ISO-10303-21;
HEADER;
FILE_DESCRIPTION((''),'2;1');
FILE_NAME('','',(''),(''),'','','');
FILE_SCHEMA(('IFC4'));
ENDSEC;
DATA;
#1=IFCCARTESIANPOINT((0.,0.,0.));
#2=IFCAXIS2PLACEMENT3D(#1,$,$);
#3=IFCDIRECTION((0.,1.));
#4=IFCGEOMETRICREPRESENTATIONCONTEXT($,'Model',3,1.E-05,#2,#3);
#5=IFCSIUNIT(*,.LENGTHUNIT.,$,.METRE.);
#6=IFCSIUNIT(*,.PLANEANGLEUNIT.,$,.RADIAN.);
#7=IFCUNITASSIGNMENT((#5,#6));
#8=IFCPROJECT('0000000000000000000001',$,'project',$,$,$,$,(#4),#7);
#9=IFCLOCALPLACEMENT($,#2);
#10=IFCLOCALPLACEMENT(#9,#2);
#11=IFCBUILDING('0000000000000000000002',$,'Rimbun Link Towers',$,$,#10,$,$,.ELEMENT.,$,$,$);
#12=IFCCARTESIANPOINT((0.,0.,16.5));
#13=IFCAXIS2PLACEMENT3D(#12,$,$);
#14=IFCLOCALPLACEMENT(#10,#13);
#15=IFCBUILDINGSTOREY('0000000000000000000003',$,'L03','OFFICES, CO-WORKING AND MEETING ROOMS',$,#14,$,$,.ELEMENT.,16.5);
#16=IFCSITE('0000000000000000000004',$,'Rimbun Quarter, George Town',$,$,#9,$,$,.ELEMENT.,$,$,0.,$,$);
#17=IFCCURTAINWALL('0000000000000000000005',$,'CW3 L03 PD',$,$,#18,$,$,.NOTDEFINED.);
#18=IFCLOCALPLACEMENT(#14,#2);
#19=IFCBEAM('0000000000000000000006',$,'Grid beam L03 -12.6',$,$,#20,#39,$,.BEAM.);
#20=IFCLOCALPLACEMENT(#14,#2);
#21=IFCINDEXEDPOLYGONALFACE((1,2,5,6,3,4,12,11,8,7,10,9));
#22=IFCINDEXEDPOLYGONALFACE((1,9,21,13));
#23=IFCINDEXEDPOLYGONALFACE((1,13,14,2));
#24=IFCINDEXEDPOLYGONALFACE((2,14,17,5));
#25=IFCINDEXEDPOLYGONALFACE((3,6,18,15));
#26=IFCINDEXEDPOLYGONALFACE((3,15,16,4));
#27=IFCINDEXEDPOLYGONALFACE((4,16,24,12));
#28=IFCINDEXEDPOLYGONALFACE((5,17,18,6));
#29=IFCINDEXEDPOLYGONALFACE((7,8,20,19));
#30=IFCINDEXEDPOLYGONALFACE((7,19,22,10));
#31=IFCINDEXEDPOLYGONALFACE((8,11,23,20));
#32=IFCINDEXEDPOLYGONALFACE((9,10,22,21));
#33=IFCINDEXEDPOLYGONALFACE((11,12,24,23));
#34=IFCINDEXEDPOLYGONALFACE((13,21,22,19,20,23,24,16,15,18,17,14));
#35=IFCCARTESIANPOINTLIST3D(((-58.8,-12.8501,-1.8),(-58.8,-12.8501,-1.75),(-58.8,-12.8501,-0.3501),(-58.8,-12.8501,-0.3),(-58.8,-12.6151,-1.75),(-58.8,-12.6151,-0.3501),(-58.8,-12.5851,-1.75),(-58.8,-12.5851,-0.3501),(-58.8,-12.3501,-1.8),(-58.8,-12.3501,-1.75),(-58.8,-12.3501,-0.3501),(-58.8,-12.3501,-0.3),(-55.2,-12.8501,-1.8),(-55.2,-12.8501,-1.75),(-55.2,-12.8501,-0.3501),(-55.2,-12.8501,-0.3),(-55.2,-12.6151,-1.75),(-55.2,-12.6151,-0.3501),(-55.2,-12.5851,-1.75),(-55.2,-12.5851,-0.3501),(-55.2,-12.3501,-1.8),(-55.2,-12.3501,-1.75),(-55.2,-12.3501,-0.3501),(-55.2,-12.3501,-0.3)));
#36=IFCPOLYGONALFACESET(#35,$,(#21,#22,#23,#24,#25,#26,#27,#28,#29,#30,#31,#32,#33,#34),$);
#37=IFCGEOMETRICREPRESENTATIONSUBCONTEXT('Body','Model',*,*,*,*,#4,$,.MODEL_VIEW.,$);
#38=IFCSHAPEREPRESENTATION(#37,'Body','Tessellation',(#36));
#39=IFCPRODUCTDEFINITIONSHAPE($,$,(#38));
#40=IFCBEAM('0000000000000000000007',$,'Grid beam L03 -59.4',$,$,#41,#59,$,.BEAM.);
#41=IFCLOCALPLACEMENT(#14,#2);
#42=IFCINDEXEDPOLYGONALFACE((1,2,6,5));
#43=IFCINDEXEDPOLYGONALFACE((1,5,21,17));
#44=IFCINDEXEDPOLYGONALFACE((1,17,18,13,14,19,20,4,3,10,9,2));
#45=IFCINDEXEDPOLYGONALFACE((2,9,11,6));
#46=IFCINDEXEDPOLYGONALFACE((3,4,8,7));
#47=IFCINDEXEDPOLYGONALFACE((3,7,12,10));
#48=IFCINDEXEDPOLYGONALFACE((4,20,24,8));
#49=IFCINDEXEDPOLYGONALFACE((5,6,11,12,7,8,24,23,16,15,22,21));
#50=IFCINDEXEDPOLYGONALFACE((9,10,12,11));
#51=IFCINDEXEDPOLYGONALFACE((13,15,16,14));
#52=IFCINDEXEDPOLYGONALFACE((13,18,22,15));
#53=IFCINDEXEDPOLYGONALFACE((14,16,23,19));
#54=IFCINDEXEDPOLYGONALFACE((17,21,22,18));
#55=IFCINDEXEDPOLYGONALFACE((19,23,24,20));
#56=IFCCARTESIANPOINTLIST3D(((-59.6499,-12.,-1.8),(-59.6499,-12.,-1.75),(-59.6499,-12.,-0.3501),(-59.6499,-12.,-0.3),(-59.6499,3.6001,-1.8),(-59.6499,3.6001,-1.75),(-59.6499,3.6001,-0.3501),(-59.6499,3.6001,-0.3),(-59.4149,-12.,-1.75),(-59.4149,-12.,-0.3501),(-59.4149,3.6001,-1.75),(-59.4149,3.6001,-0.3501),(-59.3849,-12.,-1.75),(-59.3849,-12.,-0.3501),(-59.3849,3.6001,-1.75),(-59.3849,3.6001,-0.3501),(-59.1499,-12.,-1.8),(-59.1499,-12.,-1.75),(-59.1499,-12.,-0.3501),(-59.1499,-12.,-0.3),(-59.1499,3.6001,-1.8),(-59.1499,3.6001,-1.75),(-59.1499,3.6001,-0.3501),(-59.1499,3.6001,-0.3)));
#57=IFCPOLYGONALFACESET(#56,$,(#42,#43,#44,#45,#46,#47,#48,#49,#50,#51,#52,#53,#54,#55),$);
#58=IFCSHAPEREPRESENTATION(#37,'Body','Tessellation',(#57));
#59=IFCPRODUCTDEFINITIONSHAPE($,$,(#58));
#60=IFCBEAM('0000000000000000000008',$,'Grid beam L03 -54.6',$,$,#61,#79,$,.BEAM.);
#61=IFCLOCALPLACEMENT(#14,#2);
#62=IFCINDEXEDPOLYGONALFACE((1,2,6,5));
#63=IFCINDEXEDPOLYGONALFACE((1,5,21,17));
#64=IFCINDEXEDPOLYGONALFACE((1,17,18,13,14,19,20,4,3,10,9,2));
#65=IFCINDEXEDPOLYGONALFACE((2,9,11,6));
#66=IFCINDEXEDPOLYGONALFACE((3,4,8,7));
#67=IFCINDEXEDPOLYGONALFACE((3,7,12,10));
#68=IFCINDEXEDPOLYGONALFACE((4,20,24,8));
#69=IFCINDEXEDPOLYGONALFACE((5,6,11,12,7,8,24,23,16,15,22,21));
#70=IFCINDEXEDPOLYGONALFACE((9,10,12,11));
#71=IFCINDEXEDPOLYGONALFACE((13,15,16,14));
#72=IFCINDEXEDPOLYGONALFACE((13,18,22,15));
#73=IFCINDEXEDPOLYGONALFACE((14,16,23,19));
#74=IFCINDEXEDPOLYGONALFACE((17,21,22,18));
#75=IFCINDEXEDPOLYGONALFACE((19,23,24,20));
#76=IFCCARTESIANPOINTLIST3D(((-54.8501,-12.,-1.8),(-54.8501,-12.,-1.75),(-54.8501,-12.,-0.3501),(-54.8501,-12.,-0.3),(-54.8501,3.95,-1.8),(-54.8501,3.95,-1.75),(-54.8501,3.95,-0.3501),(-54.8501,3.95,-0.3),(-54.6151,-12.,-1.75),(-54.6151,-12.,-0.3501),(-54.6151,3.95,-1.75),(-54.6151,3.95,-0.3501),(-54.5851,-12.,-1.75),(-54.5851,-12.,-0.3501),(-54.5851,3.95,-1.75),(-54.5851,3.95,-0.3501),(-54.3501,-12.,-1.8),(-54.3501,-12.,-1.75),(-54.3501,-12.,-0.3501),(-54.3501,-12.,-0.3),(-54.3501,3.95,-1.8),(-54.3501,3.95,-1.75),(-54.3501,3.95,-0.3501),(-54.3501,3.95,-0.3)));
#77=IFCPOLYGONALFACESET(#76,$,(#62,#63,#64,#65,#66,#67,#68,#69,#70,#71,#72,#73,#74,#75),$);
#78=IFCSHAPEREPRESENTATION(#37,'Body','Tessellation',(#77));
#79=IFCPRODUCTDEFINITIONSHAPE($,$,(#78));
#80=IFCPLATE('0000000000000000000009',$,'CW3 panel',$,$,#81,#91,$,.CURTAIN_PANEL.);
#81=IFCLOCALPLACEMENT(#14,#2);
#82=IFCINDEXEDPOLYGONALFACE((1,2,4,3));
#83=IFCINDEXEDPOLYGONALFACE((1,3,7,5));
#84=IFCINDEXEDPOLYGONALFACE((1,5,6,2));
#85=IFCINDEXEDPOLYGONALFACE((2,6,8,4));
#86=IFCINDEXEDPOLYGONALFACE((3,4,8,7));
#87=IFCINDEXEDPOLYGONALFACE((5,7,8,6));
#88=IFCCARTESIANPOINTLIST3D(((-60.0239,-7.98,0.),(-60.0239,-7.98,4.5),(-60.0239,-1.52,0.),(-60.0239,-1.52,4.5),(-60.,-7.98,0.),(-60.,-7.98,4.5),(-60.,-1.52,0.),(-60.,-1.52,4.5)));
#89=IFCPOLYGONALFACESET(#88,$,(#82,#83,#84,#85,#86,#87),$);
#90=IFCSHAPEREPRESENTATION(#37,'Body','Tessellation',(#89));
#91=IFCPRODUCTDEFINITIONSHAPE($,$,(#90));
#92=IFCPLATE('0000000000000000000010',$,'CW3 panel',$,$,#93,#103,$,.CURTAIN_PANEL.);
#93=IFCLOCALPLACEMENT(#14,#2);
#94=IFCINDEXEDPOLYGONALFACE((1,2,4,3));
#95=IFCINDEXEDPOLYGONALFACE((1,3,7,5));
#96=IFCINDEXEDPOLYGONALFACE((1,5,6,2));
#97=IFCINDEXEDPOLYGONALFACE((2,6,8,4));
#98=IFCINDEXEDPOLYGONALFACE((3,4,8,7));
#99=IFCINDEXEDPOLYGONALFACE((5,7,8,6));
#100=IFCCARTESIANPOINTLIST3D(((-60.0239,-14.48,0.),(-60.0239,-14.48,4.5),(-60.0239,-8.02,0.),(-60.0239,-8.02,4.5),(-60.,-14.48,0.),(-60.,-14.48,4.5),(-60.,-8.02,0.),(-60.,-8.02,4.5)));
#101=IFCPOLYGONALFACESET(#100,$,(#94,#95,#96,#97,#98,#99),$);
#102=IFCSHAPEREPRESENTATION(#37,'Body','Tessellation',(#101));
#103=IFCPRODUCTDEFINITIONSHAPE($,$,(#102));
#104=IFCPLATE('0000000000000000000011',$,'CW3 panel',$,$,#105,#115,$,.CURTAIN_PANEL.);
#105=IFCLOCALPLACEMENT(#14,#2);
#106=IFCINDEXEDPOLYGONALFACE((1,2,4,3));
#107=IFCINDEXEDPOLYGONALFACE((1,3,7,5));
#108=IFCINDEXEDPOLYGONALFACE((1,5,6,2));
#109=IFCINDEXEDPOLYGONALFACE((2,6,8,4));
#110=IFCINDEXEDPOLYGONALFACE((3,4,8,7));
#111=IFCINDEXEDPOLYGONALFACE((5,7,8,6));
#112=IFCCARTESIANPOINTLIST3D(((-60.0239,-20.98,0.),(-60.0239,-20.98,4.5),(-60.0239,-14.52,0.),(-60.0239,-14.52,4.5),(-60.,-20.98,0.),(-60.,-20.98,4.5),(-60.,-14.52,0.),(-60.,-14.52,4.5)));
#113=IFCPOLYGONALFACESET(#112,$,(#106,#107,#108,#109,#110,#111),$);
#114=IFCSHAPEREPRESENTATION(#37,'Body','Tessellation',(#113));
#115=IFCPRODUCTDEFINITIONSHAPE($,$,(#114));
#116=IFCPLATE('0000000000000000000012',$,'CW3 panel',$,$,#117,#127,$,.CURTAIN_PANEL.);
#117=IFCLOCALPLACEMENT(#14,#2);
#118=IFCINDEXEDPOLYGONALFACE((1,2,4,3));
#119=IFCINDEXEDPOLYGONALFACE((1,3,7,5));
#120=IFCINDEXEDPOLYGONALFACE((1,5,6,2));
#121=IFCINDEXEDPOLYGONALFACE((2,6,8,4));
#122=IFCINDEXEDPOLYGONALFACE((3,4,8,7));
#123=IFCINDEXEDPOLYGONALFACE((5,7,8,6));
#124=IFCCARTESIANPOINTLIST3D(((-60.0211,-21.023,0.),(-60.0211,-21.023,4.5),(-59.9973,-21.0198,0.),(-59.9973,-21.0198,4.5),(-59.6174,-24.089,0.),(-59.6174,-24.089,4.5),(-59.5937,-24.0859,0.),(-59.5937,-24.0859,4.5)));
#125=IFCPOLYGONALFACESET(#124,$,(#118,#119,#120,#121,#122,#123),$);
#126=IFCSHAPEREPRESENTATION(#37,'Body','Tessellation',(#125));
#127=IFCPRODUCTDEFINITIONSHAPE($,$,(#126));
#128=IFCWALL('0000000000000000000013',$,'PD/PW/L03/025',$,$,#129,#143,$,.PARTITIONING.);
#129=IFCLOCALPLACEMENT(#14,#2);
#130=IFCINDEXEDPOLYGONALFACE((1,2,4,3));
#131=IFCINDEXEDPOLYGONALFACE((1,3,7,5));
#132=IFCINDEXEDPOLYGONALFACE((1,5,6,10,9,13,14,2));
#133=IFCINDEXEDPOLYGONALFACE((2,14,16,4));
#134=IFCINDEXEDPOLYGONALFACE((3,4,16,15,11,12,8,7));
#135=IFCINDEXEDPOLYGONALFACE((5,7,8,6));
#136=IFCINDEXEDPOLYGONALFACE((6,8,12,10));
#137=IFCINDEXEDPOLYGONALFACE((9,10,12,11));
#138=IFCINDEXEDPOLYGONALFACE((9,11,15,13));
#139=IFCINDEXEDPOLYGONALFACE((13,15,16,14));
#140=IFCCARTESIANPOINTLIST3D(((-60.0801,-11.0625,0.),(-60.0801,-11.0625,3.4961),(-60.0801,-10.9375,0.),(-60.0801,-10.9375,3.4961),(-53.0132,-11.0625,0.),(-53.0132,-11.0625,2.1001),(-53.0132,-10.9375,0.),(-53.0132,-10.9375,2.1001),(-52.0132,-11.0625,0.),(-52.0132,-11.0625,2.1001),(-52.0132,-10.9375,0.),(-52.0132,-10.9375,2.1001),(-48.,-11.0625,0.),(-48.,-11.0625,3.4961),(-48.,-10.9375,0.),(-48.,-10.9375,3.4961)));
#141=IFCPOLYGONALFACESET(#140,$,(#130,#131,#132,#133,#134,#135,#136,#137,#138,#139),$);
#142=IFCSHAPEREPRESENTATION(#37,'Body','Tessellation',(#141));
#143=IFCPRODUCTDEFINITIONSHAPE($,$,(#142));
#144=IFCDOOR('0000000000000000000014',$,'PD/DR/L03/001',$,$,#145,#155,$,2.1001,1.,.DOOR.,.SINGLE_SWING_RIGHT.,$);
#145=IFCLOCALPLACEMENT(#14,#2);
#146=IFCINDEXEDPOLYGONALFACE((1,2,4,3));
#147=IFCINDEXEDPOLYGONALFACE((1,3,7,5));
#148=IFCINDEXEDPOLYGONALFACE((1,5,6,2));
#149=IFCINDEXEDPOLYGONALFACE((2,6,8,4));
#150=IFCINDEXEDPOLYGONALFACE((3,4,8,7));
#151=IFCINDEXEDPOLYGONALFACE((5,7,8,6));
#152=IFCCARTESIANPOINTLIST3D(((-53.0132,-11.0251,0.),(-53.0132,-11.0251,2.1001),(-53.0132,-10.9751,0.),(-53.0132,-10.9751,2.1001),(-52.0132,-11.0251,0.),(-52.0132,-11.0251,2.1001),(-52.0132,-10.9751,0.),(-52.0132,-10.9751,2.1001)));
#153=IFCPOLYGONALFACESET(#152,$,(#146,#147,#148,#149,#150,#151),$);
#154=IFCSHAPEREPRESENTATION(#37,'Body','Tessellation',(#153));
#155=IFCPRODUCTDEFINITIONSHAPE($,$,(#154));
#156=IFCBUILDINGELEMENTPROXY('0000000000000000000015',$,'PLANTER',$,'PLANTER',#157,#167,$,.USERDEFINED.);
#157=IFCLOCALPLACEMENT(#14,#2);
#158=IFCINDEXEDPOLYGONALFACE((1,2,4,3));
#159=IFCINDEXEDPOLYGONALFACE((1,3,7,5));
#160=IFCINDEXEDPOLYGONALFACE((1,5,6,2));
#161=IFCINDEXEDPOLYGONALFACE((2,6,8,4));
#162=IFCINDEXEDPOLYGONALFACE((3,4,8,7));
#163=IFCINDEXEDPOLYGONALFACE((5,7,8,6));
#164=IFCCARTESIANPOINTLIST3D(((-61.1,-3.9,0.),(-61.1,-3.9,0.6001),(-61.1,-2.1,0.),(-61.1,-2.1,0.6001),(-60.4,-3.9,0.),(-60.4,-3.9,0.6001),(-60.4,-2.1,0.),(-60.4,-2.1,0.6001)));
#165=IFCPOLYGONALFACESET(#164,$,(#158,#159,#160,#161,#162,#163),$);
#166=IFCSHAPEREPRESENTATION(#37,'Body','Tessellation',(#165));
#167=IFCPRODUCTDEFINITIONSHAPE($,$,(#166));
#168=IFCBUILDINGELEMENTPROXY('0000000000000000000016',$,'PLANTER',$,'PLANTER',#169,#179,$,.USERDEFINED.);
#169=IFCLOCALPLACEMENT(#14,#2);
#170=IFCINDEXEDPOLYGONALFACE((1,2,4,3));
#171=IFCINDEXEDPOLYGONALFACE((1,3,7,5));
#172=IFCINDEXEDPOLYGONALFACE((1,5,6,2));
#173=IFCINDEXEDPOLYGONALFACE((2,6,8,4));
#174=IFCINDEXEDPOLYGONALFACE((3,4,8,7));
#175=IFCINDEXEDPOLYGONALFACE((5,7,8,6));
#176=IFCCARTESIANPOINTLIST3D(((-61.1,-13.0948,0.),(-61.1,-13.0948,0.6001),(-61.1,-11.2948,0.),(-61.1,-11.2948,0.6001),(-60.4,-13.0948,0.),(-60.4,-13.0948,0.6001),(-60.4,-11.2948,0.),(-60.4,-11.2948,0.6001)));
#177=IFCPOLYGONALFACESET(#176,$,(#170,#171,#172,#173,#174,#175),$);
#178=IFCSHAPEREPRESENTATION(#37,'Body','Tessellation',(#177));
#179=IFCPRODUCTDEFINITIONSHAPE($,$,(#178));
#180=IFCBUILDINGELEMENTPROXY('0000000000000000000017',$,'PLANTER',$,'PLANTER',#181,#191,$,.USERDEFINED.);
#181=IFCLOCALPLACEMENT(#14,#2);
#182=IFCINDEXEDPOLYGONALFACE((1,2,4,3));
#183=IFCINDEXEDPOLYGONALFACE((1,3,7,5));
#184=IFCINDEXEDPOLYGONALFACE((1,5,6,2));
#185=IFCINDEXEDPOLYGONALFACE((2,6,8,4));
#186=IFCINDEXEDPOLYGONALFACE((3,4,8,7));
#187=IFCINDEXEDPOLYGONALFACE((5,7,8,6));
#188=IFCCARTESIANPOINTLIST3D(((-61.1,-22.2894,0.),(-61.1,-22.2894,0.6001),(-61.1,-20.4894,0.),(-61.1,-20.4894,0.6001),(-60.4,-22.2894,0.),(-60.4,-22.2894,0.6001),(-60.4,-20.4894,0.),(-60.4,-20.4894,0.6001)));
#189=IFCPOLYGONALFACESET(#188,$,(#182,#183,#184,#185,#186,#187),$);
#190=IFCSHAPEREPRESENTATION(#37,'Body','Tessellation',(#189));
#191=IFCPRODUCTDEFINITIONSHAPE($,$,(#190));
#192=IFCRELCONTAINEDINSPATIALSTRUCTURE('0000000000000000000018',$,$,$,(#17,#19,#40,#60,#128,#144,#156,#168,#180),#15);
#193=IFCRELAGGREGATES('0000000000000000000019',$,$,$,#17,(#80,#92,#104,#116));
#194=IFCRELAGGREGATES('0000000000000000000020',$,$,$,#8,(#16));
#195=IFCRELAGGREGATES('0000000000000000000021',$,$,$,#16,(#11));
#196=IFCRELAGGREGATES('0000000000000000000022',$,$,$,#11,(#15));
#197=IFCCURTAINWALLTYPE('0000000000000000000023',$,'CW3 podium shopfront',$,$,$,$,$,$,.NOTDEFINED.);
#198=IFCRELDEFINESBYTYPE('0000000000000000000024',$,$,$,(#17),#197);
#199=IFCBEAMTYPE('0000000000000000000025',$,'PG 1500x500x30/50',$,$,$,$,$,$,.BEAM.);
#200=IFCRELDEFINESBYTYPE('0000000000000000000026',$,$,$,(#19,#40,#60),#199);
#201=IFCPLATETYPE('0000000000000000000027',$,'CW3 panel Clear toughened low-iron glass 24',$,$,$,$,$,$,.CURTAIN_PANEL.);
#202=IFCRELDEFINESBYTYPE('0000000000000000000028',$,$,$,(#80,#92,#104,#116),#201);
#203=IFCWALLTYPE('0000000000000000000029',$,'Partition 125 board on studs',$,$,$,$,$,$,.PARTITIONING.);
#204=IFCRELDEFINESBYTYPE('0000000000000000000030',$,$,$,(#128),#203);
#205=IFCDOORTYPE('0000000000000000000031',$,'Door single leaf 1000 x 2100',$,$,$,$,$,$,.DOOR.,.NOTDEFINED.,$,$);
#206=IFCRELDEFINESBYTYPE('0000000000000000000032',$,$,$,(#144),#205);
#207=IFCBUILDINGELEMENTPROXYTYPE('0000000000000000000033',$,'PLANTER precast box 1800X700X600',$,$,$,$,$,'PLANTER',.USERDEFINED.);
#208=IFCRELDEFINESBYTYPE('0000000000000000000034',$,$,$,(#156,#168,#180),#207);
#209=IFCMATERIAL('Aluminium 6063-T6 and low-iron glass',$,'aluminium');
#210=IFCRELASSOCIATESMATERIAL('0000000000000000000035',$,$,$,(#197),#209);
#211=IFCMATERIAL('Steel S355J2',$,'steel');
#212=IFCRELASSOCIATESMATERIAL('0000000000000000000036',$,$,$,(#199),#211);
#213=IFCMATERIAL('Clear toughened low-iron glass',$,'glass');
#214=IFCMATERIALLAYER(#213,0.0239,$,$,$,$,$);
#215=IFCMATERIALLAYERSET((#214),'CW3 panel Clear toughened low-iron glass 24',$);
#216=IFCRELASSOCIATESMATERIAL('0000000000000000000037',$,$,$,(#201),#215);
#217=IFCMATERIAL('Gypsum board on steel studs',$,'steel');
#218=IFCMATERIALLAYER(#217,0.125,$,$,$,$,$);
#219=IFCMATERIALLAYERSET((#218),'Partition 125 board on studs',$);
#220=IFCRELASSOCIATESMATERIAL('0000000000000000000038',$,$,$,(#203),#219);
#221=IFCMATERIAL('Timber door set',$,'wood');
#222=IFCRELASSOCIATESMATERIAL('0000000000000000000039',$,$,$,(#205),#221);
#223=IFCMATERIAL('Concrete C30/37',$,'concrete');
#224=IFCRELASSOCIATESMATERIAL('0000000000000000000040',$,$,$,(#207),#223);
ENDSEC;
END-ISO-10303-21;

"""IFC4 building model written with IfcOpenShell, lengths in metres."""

from ifc_helpers import new_model, si_unit, direction, frame, frame_2d, origin, origin_2d, place, context, subcontext, project, spatial, rectangle, i_section, extrude, material, layer, layer_set, material_profile, profile_set, type_object, element, fill, aggregate, save


model = new_model("IFC4")

# Units and contexts
model_context = context("Model", 3, precision=1e-05, world=origin(), true_north=direction((0.0, 1.0)))
body_context = subcontext(model_context, "Body", "Model", "MODEL_VIEW")
ifc_project = project(units=[si_unit("LENGTHUNIT", "METRE"), si_unit("PLANEANGLEUNIT", "RADIAN")], contexts=[model_context])

# Site, building, storey
site_placement = place(None, origin())
site = spatial("IfcSite", under=ifc_project, at=site_placement, Name="Rimbun Quarter, George Town", CompositionType="ELEMENT", RefElevation=0.0)
building_placement = place(site_placement, origin())
building = spatial("IfcBuilding", under=site, at=building_placement, Name="Rimbun Link Towers", CompositionType="ELEMENT")
storey_placement = place(building_placement, frame((0.0, 0.0, 16.5)))
storey = spatial("IfcBuildingStorey", under=building, at=storey_placement, Name="L03", Description="OFFICES, CO-WORKING AND MEETING ROOMS", CompositionType="ELEMENT", Elevation=16.5)

# Curtain wall
ifc_material_1 = material(Name="Aluminium 6063-T6 and low-iron glass", Category="aluminium")
curtain_wall_type = type_object("IfcCurtainWallType", Name="CW3 podium shopfront", PredefinedType="NOTDEFINED", material=ifc_material_1)
curtain_wall_placement = place(storey_placement, origin())
curtain_wall = element("IfcCurtainWall", 1, at=curtain_wall_placement, inside=storey, type_object=curtain_wall_type, Name="CW3 L03 PD", PredefinedType="NOTDEFINED")

# Beams
ifc_material_2 = material(Name="Steel S355J2", Category="steel")
ifc_material_profile_1 = material_profile(ifc_material_2, i_section(OverallWidth=0.5, OverallDepth=1.5, WebThickness=0.03, FlangeThickness=0.05, at=origin_2d()), Name="PG 1500x500x30/50")
ifc_profile_set_1 = profile_set([ifc_material_profile_1], Name="Steel S355J2")
beam_type = type_object("IfcBeamType", Name="PG 1500x500x30/50", PredefinedType="BEAM", material=ifc_profile_set_1)
beam_1_placement = place(storey_placement, frame((-58.8, -12.6001, -1.05), z_axis=(1.0, 0.0, 0.0), x_axis=(0.0, 1.0, 0.0)))
element("IfcBeam", 2, at=beam_1_placement, inside=storey, type_object=beam_type, Name="Grid beam L03 -12.6", PredefinedType="BEAM", context=body_context, shape_type="SweptSolid", body=[
    extrude(i_section(OverallWidth=0.5, OverallDepth=1.5, WebThickness=0.03, FlangeThickness=0.05, at=origin_2d()), origin(), (0.0, 0.0, 1.0), 3.6001),
])
beam_2_placement = place(storey_placement, frame((-59.3999, -12.0, -1.05), z_axis=(0.0, 1.0, 0.0), x_axis=(-1.0, 0.0, 0.0)))
element("IfcBeam", 3, at=beam_2_placement, inside=storey, type_object=beam_type, Name="Grid beam L03 -59.4", PredefinedType="BEAM", context=body_context, shape_type="SweptSolid", body=[
    extrude(i_section(OverallWidth=0.5, OverallDepth=1.5, WebThickness=0.03, FlangeThickness=0.05, at=origin_2d()), origin(), (0.0, 0.0, 1.0), 15.6001),
])
beam_3_placement = place(storey_placement, frame((-54.6001, -12.0, -1.05), z_axis=(0.0, 1.0, 0.0), x_axis=(-1.0, 0.0, 0.0)))
element("IfcBeam", 4, at=beam_3_placement, inside=storey, type_object=beam_type, Name="Grid beam L03 -54.6", PredefinedType="BEAM", context=body_context, shape_type="SweptSolid", body=[
    extrude(i_section(OverallWidth=0.5, OverallDepth=1.5, WebThickness=0.03, FlangeThickness=0.05, at=origin_2d()), origin(), (0.0, 0.0, 1.0), 15.95),
])

# Plates
ifc_material_3 = material(Name="Clear toughened low-iron glass", Category="glass")
ifc_layer_1 = layer(ifc_material_3, 0.0239)
ifc_layer_set_1 = layer_set([ifc_layer_1], Name="CW3 panel Clear toughened low-iron glass 24")
plate_type = type_object("IfcPlateType", Name="CW3 panel Clear toughened low-iron glass 24", PredefinedType="CURTAIN_PANEL", material=ifc_layer_set_1)
plate_1_placement = place(storey_placement, frame((-60.012, -4.75, 0.0), z_axis=(0.0, 0.0, 1.0), x_axis=(0.0, 1.0, 0.0)))
plate_1 = element("IfcPlate", 5, at=plate_1_placement, type_object=plate_type, Name="CW3 panel", PredefinedType="CURTAIN_PANEL", context=body_context, shape_type="SweptSolid", body=[
    extrude(rectangle(XDim=6.46, YDim=0.0239, at=origin_2d()), origin(), (0.0, 0.0, 1.0), 4.5),
])
plate_2_placement = place(storey_placement, frame((-60.012, -11.25, 0.0), z_axis=(0.0, 0.0, 1.0), x_axis=(0.0, 1.0, 0.0)))
plate_2 = element("IfcPlate", 6, at=plate_2_placement, type_object=plate_type, Name="CW3 panel", PredefinedType="CURTAIN_PANEL", context=body_context, shape_type="SweptSolid", body=[
    extrude(rectangle(XDim=6.46, YDim=0.0239, at=origin_2d()), origin(), (0.0, 0.0, 1.0), 4.5),
])
plate_3_placement = place(storey_placement, frame((-60.012, -17.75, 0.0), z_axis=(0.0, 0.0, 1.0), x_axis=(0.0, 1.0, 0.0)))
plate_3 = element("IfcPlate", 7, at=plate_3_placement, type_object=plate_type, Name="CW3 panel", PredefinedType="CURTAIN_PANEL", context=body_context, shape_type="SweptSolid", body=[
    extrude(rectangle(XDim=6.46, YDim=0.0239, at=origin_2d()), origin(), (0.0, 0.0, 1.0), 4.5),
])
plate_4_placement = place(storey_placement, frame((-59.8074, -22.5544, 0.0), z_axis=(0.0, 0.0, 1.0), x_axis=(-0.13053, 0.991444, 0.0)))
plate_4 = element("IfcPlate", 8, at=plate_4_placement, type_object=plate_type, Name="CW3 panel", PredefinedType="CURTAIN_PANEL", context=body_context, shape_type="SweptSolid", body=[
    extrude(rectangle(XDim=3.0925, YDim=0.0239, at=origin_2d()), origin(), (0.0, 0.0, 1.0), 4.5),
])
aggregate(curtain_wall, [plate_1, plate_2, plate_3, plate_4])

# Wall, opening, door
ifc_material_4 = material(Name="Gypsum board on steel studs", Category="steel")
ifc_layer_2 = layer(ifc_material_4, 0.125)
ifc_layer_set_2 = layer_set([ifc_layer_2], Name="Partition 125 board on studs")
wall_type = type_object("IfcWallType", Name="Partition 125 board on studs", PredefinedType="PARTITIONING", material=ifc_layer_set_2)
wall_placement = place(storey_placement, frame((-60.0801, -11.0, 0.0), z_axis=(0.0, 0.0, 1.0), x_axis=(1.0, 0.0, 0.0)))
wall = element("IfcWall", 9, at=wall_placement, inside=storey, type_object=wall_type, Name="PD/PW/L03/025", PredefinedType="PARTITIONING", context=body_context, shape_type="SweptSolid", body=[
    extrude(rectangle(XDim=12.0801, YDim=0.125, at=frame_2d((6.04, 0.0))), origin(), (0.0, 0.0, 1.0), 3.4961),
])
opening_placement = place(wall_placement, frame((7.0669, 0.0, 0.0)))
opening = element("IfcOpeningElement", 10, at=opening_placement, cuts=wall, PredefinedType="OPENING", context=body_context, shape_type="SweptSolid", body=[
    extrude(rectangle(XDim=1.0, YDim=2.1001, at=frame_2d((0.5, 1.05))), frame((0.0, 0.0725, 0.0), z_axis=(0.0, -1.0, 0.0), x_axis=(1.0, 0.0, 0.0)), (0.0, 0.0, 1.0), 0.145),
])
ifc_material_5 = material(Name="Timber door set", Category="wood")
door_type = type_object("IfcDoorType", Name="Door single leaf 1000 x 2100", OperationType="NOTDEFINED", PredefinedType="DOOR", material=ifc_material_5)
door_placement = place(opening_placement, origin())
door = element("IfcDoor", 11, at=door_placement, inside=storey, type_object=door_type, Name="PD/DR/L03/001", OperationType="SINGLE_SWING_RIGHT", OverallHeight=2.1001, OverallWidth=1.0, PredefinedType="DOOR", context=body_context, shape_type="SweptSolid", body=[
    extrude(rectangle(XDim=1.0, YDim=2.1001, at=frame_2d((0.5, 1.05))), frame((0.0, 0.0249, 0.0), z_axis=(0.0, -1.0, 0.0), x_axis=(1.0, 0.0, 0.0)), (0.0, 0.0, 1.0), 0.05),
])
fill(opening, door)

# Building element proxies
ifc_material_6 = material(Name="Concrete C30/37", Category="concrete")
building_element_proxy_type = type_object("IfcBuildingElementProxyType", Name="PLANTER precast box 1800X700X600", ElementType="PLANTER", PredefinedType="USERDEFINED", material=ifc_material_6)
for number, where, z_axis, x_axis, name in (
    (12, (-60.75, -3.0, 0.0), (0.0, 0.0, 1.0), (0.0, -1.0, 0.0), "PLANTER"),
    (13, (-60.75, -12.1948, 0.0), (0.0, 0.0, 1.0), (0.0, -1.0, 0.0), "PLANTER"),
    (14, (-60.75, -21.3894, 0.0), (0.0, 0.0, 1.0), (0.0, -1.0, 0.0), "PLANTER"),
):
    element("IfcBuildingElementProxy", number, at=place(storey_placement, frame(where, z_axis=z_axis, x_axis=x_axis)), inside=storey, type_object=building_element_proxy_type, Name=name, ObjectType="PLANTER", PredefinedType="USERDEFINED", context=body_context, shape_type="SweptSolid", body=[
        extrude(rectangle(XDim=1.8, YDim=0.7, at=origin_2d()), origin(), (0.0, 0.0, 1.0), 0.6001),
    ])

save(model, "model.ifc")
